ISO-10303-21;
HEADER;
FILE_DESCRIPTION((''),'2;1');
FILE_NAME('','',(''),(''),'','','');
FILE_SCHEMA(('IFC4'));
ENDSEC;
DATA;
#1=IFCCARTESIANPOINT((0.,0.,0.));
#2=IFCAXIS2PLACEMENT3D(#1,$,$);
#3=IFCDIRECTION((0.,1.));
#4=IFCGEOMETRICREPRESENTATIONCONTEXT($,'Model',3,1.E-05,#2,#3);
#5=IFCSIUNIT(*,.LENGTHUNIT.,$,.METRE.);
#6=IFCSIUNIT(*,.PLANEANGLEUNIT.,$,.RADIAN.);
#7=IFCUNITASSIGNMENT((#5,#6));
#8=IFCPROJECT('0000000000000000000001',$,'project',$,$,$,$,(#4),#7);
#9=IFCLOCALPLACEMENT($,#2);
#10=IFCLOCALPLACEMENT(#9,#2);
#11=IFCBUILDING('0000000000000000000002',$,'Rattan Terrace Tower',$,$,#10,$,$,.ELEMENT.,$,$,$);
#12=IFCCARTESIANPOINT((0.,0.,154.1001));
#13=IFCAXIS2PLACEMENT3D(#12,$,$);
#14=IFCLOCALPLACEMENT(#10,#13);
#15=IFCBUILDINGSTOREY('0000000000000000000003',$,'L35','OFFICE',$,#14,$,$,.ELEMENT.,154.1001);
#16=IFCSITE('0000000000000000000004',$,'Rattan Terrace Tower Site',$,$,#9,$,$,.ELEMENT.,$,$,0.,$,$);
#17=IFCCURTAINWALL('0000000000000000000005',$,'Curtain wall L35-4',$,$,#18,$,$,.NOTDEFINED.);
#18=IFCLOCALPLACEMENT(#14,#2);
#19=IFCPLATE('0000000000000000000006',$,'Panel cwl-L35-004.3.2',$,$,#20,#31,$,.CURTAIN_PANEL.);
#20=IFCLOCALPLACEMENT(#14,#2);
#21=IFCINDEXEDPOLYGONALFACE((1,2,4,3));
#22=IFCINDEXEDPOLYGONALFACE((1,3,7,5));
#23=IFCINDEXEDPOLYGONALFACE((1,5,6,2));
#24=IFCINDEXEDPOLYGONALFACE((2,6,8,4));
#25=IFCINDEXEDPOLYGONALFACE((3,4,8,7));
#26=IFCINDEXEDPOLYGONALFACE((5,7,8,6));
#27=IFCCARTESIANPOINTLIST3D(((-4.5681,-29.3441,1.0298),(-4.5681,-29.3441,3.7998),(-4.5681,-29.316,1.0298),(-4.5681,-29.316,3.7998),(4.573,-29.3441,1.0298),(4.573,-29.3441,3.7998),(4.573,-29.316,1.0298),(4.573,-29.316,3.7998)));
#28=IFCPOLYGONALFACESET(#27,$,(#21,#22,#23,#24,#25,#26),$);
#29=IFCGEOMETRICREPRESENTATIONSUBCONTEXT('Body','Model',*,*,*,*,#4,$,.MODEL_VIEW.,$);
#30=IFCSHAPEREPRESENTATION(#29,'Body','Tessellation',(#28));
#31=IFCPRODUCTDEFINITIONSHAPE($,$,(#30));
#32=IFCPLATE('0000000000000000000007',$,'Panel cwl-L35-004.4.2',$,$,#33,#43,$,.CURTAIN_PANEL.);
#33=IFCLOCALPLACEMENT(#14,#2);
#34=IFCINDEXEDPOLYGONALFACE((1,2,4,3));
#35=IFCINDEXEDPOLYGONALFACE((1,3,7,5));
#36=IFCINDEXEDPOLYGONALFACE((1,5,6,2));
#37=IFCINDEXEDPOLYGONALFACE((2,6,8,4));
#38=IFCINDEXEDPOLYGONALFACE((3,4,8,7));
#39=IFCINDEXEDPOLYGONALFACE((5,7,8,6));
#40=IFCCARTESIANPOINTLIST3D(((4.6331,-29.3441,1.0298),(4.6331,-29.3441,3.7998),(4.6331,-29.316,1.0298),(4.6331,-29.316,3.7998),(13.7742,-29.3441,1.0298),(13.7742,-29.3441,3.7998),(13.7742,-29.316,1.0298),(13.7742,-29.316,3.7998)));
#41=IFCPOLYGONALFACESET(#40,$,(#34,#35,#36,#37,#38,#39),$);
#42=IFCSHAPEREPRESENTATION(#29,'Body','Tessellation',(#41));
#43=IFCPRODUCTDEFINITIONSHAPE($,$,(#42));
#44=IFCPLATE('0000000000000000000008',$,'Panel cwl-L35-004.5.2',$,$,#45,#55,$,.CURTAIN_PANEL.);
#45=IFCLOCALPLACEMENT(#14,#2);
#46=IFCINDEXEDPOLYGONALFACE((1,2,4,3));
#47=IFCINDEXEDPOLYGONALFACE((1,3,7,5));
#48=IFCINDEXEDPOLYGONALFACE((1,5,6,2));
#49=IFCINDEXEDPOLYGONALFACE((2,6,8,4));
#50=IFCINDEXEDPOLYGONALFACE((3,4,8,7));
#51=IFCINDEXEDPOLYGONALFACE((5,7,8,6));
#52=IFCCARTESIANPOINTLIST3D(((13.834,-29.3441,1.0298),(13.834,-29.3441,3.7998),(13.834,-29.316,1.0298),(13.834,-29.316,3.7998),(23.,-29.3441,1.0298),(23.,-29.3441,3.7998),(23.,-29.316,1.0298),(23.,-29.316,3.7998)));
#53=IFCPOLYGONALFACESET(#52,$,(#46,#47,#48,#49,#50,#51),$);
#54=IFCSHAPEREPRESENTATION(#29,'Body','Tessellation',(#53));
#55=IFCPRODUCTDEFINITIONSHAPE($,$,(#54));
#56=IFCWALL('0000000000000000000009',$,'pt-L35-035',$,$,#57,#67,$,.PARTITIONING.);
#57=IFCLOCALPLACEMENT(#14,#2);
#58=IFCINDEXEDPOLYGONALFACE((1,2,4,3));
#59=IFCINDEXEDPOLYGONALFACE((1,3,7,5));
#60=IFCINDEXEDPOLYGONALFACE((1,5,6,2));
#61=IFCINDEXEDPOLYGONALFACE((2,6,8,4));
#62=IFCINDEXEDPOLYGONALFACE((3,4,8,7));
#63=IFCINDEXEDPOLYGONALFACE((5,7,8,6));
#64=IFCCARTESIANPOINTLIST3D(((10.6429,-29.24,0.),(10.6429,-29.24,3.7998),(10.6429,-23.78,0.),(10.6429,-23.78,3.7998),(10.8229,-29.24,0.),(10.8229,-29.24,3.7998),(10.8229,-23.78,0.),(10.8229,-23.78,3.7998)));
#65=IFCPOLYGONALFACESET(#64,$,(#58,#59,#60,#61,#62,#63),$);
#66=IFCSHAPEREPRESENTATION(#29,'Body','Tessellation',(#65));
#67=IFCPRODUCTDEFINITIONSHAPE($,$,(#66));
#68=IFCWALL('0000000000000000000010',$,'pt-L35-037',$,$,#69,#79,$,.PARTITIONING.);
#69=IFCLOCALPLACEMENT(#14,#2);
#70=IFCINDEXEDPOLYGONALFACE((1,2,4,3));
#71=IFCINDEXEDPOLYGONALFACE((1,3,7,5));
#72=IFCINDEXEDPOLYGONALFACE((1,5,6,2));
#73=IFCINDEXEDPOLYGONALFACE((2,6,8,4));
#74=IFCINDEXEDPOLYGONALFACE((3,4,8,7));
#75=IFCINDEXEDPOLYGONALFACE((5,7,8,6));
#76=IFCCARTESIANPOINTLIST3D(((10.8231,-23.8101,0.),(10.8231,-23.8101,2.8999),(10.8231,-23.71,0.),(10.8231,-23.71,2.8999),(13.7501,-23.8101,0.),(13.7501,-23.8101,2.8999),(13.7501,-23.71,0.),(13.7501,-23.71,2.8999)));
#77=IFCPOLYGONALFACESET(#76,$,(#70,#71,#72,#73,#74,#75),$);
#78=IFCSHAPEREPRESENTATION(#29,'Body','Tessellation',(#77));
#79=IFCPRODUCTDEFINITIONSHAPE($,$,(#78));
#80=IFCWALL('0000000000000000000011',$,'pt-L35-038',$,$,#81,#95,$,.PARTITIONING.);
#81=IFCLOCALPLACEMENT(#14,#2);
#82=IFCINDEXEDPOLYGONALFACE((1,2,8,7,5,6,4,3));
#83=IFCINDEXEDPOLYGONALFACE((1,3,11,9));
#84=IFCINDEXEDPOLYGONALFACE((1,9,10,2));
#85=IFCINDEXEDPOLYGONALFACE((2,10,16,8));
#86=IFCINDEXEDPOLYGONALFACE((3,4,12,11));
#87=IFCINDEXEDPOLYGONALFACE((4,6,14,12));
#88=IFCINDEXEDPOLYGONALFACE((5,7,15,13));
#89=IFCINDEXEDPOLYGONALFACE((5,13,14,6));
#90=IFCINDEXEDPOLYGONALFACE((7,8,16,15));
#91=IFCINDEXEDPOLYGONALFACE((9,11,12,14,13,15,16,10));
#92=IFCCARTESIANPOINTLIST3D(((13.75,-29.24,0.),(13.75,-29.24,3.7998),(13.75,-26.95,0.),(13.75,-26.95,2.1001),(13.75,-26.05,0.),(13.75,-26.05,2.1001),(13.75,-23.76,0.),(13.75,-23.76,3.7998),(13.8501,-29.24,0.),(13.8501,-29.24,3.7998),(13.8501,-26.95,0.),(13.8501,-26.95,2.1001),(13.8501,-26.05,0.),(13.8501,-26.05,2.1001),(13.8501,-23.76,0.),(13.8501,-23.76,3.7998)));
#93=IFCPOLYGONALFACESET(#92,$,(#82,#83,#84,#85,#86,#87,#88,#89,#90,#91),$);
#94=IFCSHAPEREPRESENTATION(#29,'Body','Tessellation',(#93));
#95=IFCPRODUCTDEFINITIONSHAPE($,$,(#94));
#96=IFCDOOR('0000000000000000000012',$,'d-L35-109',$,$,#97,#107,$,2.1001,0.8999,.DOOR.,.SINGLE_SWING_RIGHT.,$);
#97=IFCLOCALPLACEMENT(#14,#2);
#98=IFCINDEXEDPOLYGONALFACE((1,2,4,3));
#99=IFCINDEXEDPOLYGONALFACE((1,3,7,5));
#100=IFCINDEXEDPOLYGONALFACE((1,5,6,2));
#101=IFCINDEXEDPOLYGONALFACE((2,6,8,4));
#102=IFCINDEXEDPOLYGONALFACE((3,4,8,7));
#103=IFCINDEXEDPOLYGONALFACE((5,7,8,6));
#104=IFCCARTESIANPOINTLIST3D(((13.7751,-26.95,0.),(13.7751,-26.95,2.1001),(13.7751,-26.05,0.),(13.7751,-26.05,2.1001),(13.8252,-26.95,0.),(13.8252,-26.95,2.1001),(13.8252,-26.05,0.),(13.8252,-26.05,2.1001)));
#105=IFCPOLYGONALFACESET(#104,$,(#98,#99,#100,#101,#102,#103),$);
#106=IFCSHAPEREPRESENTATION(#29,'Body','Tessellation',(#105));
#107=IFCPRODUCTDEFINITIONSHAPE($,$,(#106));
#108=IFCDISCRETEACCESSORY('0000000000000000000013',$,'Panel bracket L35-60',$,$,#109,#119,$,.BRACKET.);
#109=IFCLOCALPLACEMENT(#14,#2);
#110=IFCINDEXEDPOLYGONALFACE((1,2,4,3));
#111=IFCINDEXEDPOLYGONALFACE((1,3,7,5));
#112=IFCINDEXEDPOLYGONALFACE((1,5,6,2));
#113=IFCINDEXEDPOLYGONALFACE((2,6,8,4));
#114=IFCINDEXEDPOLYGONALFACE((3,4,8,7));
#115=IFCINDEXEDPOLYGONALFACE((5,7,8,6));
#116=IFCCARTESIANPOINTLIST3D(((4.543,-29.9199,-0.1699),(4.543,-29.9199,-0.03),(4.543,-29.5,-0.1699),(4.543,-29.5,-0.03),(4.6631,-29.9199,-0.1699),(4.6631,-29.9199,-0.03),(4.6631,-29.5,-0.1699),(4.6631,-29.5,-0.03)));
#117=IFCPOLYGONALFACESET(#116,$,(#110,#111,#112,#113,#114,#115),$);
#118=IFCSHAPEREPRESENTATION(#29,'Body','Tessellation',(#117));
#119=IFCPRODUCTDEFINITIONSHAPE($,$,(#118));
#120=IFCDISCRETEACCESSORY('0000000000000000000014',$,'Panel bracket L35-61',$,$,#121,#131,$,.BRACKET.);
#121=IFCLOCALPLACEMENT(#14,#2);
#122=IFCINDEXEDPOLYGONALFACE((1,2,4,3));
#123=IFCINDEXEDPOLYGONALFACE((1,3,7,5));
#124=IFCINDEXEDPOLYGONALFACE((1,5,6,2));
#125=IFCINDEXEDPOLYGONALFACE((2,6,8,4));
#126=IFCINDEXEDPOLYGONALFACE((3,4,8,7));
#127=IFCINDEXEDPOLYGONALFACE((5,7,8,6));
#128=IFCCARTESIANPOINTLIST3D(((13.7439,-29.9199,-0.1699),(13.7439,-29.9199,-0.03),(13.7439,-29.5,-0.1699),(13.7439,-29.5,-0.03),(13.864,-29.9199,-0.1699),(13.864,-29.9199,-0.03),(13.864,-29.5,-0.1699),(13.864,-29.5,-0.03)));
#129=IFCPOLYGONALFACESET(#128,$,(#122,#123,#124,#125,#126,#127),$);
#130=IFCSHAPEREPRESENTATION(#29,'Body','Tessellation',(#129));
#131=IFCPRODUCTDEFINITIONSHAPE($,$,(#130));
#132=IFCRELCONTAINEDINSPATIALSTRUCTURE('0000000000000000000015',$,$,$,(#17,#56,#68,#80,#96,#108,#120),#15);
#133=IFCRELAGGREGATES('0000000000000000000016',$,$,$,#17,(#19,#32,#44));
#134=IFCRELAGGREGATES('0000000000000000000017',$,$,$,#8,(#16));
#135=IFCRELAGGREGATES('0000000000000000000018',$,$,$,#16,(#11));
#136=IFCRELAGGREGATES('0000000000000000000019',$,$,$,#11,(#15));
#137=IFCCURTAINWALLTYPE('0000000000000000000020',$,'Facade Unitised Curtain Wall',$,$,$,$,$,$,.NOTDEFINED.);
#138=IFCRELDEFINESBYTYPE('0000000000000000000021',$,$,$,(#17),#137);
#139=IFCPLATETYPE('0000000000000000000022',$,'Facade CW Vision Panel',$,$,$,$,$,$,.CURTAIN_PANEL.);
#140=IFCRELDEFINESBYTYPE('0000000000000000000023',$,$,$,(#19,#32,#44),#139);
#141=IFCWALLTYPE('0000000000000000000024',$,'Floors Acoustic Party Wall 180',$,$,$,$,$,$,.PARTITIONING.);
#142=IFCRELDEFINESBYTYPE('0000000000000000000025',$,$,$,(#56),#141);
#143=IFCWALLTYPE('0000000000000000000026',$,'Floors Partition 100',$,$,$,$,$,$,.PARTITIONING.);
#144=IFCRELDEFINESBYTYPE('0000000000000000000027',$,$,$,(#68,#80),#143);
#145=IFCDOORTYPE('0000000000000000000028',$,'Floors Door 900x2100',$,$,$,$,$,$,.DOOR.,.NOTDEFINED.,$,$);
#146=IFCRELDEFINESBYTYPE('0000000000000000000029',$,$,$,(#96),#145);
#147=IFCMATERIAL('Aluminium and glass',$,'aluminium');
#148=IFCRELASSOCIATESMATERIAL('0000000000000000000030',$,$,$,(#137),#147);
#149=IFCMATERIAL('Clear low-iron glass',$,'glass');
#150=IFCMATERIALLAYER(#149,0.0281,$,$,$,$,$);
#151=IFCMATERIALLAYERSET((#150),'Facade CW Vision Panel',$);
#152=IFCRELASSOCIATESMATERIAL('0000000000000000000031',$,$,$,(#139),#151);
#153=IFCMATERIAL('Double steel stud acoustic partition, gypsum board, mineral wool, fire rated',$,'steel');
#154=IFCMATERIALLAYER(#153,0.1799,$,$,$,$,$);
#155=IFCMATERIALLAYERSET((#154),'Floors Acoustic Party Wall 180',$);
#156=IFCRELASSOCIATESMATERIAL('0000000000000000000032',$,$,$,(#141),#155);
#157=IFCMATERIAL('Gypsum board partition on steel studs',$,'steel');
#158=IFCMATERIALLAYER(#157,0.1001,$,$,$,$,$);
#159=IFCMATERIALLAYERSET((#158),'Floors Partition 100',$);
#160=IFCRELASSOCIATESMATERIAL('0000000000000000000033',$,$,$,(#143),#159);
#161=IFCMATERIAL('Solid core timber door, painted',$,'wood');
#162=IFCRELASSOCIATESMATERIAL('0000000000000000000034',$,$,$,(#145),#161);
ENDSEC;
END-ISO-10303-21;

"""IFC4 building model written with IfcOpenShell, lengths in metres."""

from ifc_helpers import new_model, si_unit, direction, frame, frame_2d, origin, origin_2d, place, context, subcontext, project, spatial, rectangle, extrude, material, layer, layer_set, type_object, element, fill, aggregate, save


model = new_model("IFC4")

# Units and contexts
model_context = context("Model", 3, precision=1e-05, world=origin(), true_north=direction((0.0, 1.0)))
body_context = subcontext(model_context, "Body", "Model", "MODEL_VIEW")
ifc_project = project(units=[si_unit("LENGTHUNIT", "METRE"), si_unit("PLANEANGLEUNIT", "RADIAN")], contexts=[model_context])

# Site, building, storey
site_placement = place(None, origin())
site = spatial("IfcSite", under=ifc_project, at=site_placement, Name="Rattan Terrace Tower Site", CompositionType="ELEMENT", RefElevation=0.0)
building_placement = place(site_placement, origin())
building = spatial("IfcBuilding", under=site, at=building_placement, Name="Rattan Terrace Tower", CompositionType="ELEMENT")
storey_placement = place(building_placement, frame((0.0, 0.0, 154.1001)))
storey = spatial("IfcBuildingStorey", under=building, at=storey_placement, Name="L35", Description="OFFICE", CompositionType="ELEMENT", Elevation=154.1001)

# Curtain wall
ifc_material_1 = material(Name="Aluminium and glass", Category="aluminium")
curtain_wall_type = type_object("IfcCurtainWallType", Name="Facade Unitised Curtain Wall", PredefinedType="NOTDEFINED", material=ifc_material_1)
curtain_wall_placement = place(storey_placement, origin())
curtain_wall = element("IfcCurtainWall", 1, at=curtain_wall_placement, inside=storey, type_object=curtain_wall_type, Name="Curtain wall L35-4", PredefinedType="NOTDEFINED")

# Plates
ifc_material_2 = material(Name="Clear low-iron glass", Category="glass")
ifc_layer_1 = layer(ifc_material_2, 0.0281)
ifc_layer_set_1 = layer_set([ifc_layer_1], Name="Facade CW Vision Panel")
plate_type_1 = type_object("IfcPlateType", Name="Facade CW Vision Panel", PredefinedType="CURTAIN_PANEL", material=ifc_layer_set_1)
plate_1_placement = place(storey_placement, frame((0.0024, -29.3301, 1.0298), z_axis=(0.0, 0.0, 1.0), x_axis=(1.0, 0.0, 0.0)))
plate_1 = element("IfcPlate", 2, at=plate_1_placement, type_object=plate_type_1, Name="Panel cwl-L35-004.3.2", PredefinedType="CURTAIN_PANEL", context=body_context, shape_type="SweptSolid", body=[
    extrude(rectangle(XDim=9.1411, YDim=0.0281, at=origin_2d()), origin(), (0.0, 0.0, 1.0), 2.77),
])
plate_2_placement = place(storey_placement, frame((9.2036, -29.3301, 1.0298), z_axis=(0.0, 0.0, 1.0), x_axis=(1.0, 0.0, 0.0)))
plate_2 = element("IfcPlate", 3, at=plate_2_placement, type_object=plate_type_1, Name="Panel cwl-L35-004.4.2", PredefinedType="CURTAIN_PANEL", context=body_context, shape_type="SweptSolid", body=[
    extrude(rectangle(XDim=9.1411, YDim=0.0281, at=origin_2d()), origin(), (0.0, 0.0, 1.0), 2.77),
])
plate_3_placement = place(storey_placement, frame((18.417, -29.3301, 1.0298), z_axis=(0.0, 0.0, 1.0), x_axis=(1.0, 0.0, 0.0)))
plate_3 = element("IfcPlate", 4, at=plate_3_placement, type_object=plate_type_1, Name="Panel cwl-L35-004.5.2", PredefinedType="CURTAIN_PANEL", context=body_context, shape_type="SweptSolid", body=[
    extrude(rectangle(XDim=9.166, YDim=0.0281, at=origin_2d()), origin(), (0.0, 0.0, 1.0), 2.77),
])
aggregate(curtain_wall, [plate_1, plate_2, plate_3])

# Walls
ifc_material_3 = material(Name="Double steel stud acoustic partition, gypsum board, mineral wool, fire rated", Category="steel")
ifc_layer_2 = layer(ifc_material_3, 0.1799)
ifc_layer_set_2 = layer_set([ifc_layer_2], Name="Floors Acoustic Party Wall 180")
wall_type_1 = type_object("IfcWallType", Name="Floors Acoustic Party Wall 180", PredefinedType="PARTITIONING", material=ifc_layer_set_2)
wall_1_placement = place(storey_placement, frame((10.7329, -23.78, 0.0), z_axis=(0.0, 0.0, 1.0), x_axis=(0.0, -1.0, 0.0)))
element("IfcWall", 5, at=wall_1_placement, inside=storey, type_object=wall_type_1, Name="pt-L35-035", PredefinedType="PARTITIONING", context=body_context, shape_type="SweptSolid", body=[
    extrude(rectangle(XDim=5.46, YDim=0.1799, at=frame_2d((2.73, 0.0))), origin(), (0.0, 0.0, 1.0), 3.7998),
])
ifc_material_4 = material(Name="Gypsum board partition on steel studs", Category="steel")
ifc_layer_3 = layer(ifc_material_4, 0.1001)
ifc_layer_set_3 = layer_set([ifc_layer_3], Name="Floors Partition 100")
wall_type_2 = type_object("IfcWallType", Name="Floors Partition 100", PredefinedType="PARTITIONING", material=ifc_layer_set_3)
wall_2_placement = place(storey_placement, frame((13.75, -23.76, 0.0), z_axis=(0.0, 0.0, 1.0), x_axis=(-1.0, 0.0, 0.0)))
element("IfcWall", 6, at=wall_2_placement, inside=storey, type_object=wall_type_2, Name="pt-L35-037", PredefinedType="PARTITIONING", context=body_context, shape_type="SweptSolid", body=[
    extrude(rectangle(XDim=2.927, YDim=0.1001, at=frame_2d((1.4634, 0.0))), origin(), (0.0, 0.0, 1.0), 2.8999),
])

# Wall, opening, door
wall_3_placement = place(storey_placement, frame((13.8, -29.24, 0.0), z_axis=(0.0, 0.0, 1.0), x_axis=(0.0, 1.0, 0.0)))
wall_3 = element("IfcWall", 7, at=wall_3_placement, inside=storey, type_object=wall_type_2, Name="pt-L35-038", PredefinedType="PARTITIONING", context=body_context, shape_type="SweptSolid", body=[
    extrude(rectangle(XDim=5.48, YDim=0.1001, at=frame_2d((2.74, 0.0))), origin(), (0.0, 0.0, 1.0), 3.7998),
])
opening_placement = place(wall_3_placement, frame((2.29, 0.0, 0.0)))
opening = element("IfcOpeningElement", 8, at=opening_placement, cuts=wall_3, PredefinedType="OPENING", context=body_context, shape_type="SweptSolid", body=[
    extrude(rectangle(XDim=0.8999, YDim=2.1001, at=frame_2d((0.45, 1.05))), frame((0.0, 0.0605, 0.0), z_axis=(0.0, -1.0, 0.0), x_axis=(1.0, 0.0, 0.0)), (0.0, 0.0, 1.0), 0.1211),
])
ifc_material_5 = material(Name="Solid core timber door, painted", Category="wood")
door_type = type_object("IfcDoorType", Name="Floors Door 900x2100", OperationType="NOTDEFINED", PredefinedType="DOOR", material=ifc_material_5)
door_placement = place(opening_placement, origin())
door = element("IfcDoor", 9, at=door_placement, inside=storey, type_object=door_type, Name="d-L35-109", OperationType="SINGLE_SWING_RIGHT", OverallHeight=2.1001, OverallWidth=0.8999, PredefinedType="DOOR", context=body_context, shape_type="SweptSolid", body=[
    extrude(rectangle(XDim=0.8999, YDim=2.1001, at=frame_2d((0.45, 1.05))), frame((0.0, 0.0249, 0.0), z_axis=(0.0, -1.0, 0.0), x_axis=(1.0, 0.0, 0.0)), (0.0, 0.0, 1.0), 0.05),
])
fill(opening, door)

# Discrete accessories
for number, where, z_axis, x_axis, name in (
    (10, (4.603, -29.71, -0.1699), (0.0, 0.0, 1.0), (1.0, 0.0, 0.0), "Panel bracket L35-60"),
    (11, (13.804, -29.71, -0.1699), (0.0, 0.0, 1.0), (1.0, 0.0, 0.0), "Panel bracket L35-61"),
):
    element("IfcDiscreteAccessory", number, at=place(storey_placement, frame(where, z_axis=z_axis, x_axis=x_axis)), inside=storey, Name=name, PredefinedType="BRACKET", context=body_context, shape_type="SweptSolid", body=[
        extrude(rectangle(XDim=0.1201, YDim=0.4199, at=origin_2d()), origin(), (0.0, 0.0, 1.0), 0.1399),
    ])

save(model, "model.ifc")
